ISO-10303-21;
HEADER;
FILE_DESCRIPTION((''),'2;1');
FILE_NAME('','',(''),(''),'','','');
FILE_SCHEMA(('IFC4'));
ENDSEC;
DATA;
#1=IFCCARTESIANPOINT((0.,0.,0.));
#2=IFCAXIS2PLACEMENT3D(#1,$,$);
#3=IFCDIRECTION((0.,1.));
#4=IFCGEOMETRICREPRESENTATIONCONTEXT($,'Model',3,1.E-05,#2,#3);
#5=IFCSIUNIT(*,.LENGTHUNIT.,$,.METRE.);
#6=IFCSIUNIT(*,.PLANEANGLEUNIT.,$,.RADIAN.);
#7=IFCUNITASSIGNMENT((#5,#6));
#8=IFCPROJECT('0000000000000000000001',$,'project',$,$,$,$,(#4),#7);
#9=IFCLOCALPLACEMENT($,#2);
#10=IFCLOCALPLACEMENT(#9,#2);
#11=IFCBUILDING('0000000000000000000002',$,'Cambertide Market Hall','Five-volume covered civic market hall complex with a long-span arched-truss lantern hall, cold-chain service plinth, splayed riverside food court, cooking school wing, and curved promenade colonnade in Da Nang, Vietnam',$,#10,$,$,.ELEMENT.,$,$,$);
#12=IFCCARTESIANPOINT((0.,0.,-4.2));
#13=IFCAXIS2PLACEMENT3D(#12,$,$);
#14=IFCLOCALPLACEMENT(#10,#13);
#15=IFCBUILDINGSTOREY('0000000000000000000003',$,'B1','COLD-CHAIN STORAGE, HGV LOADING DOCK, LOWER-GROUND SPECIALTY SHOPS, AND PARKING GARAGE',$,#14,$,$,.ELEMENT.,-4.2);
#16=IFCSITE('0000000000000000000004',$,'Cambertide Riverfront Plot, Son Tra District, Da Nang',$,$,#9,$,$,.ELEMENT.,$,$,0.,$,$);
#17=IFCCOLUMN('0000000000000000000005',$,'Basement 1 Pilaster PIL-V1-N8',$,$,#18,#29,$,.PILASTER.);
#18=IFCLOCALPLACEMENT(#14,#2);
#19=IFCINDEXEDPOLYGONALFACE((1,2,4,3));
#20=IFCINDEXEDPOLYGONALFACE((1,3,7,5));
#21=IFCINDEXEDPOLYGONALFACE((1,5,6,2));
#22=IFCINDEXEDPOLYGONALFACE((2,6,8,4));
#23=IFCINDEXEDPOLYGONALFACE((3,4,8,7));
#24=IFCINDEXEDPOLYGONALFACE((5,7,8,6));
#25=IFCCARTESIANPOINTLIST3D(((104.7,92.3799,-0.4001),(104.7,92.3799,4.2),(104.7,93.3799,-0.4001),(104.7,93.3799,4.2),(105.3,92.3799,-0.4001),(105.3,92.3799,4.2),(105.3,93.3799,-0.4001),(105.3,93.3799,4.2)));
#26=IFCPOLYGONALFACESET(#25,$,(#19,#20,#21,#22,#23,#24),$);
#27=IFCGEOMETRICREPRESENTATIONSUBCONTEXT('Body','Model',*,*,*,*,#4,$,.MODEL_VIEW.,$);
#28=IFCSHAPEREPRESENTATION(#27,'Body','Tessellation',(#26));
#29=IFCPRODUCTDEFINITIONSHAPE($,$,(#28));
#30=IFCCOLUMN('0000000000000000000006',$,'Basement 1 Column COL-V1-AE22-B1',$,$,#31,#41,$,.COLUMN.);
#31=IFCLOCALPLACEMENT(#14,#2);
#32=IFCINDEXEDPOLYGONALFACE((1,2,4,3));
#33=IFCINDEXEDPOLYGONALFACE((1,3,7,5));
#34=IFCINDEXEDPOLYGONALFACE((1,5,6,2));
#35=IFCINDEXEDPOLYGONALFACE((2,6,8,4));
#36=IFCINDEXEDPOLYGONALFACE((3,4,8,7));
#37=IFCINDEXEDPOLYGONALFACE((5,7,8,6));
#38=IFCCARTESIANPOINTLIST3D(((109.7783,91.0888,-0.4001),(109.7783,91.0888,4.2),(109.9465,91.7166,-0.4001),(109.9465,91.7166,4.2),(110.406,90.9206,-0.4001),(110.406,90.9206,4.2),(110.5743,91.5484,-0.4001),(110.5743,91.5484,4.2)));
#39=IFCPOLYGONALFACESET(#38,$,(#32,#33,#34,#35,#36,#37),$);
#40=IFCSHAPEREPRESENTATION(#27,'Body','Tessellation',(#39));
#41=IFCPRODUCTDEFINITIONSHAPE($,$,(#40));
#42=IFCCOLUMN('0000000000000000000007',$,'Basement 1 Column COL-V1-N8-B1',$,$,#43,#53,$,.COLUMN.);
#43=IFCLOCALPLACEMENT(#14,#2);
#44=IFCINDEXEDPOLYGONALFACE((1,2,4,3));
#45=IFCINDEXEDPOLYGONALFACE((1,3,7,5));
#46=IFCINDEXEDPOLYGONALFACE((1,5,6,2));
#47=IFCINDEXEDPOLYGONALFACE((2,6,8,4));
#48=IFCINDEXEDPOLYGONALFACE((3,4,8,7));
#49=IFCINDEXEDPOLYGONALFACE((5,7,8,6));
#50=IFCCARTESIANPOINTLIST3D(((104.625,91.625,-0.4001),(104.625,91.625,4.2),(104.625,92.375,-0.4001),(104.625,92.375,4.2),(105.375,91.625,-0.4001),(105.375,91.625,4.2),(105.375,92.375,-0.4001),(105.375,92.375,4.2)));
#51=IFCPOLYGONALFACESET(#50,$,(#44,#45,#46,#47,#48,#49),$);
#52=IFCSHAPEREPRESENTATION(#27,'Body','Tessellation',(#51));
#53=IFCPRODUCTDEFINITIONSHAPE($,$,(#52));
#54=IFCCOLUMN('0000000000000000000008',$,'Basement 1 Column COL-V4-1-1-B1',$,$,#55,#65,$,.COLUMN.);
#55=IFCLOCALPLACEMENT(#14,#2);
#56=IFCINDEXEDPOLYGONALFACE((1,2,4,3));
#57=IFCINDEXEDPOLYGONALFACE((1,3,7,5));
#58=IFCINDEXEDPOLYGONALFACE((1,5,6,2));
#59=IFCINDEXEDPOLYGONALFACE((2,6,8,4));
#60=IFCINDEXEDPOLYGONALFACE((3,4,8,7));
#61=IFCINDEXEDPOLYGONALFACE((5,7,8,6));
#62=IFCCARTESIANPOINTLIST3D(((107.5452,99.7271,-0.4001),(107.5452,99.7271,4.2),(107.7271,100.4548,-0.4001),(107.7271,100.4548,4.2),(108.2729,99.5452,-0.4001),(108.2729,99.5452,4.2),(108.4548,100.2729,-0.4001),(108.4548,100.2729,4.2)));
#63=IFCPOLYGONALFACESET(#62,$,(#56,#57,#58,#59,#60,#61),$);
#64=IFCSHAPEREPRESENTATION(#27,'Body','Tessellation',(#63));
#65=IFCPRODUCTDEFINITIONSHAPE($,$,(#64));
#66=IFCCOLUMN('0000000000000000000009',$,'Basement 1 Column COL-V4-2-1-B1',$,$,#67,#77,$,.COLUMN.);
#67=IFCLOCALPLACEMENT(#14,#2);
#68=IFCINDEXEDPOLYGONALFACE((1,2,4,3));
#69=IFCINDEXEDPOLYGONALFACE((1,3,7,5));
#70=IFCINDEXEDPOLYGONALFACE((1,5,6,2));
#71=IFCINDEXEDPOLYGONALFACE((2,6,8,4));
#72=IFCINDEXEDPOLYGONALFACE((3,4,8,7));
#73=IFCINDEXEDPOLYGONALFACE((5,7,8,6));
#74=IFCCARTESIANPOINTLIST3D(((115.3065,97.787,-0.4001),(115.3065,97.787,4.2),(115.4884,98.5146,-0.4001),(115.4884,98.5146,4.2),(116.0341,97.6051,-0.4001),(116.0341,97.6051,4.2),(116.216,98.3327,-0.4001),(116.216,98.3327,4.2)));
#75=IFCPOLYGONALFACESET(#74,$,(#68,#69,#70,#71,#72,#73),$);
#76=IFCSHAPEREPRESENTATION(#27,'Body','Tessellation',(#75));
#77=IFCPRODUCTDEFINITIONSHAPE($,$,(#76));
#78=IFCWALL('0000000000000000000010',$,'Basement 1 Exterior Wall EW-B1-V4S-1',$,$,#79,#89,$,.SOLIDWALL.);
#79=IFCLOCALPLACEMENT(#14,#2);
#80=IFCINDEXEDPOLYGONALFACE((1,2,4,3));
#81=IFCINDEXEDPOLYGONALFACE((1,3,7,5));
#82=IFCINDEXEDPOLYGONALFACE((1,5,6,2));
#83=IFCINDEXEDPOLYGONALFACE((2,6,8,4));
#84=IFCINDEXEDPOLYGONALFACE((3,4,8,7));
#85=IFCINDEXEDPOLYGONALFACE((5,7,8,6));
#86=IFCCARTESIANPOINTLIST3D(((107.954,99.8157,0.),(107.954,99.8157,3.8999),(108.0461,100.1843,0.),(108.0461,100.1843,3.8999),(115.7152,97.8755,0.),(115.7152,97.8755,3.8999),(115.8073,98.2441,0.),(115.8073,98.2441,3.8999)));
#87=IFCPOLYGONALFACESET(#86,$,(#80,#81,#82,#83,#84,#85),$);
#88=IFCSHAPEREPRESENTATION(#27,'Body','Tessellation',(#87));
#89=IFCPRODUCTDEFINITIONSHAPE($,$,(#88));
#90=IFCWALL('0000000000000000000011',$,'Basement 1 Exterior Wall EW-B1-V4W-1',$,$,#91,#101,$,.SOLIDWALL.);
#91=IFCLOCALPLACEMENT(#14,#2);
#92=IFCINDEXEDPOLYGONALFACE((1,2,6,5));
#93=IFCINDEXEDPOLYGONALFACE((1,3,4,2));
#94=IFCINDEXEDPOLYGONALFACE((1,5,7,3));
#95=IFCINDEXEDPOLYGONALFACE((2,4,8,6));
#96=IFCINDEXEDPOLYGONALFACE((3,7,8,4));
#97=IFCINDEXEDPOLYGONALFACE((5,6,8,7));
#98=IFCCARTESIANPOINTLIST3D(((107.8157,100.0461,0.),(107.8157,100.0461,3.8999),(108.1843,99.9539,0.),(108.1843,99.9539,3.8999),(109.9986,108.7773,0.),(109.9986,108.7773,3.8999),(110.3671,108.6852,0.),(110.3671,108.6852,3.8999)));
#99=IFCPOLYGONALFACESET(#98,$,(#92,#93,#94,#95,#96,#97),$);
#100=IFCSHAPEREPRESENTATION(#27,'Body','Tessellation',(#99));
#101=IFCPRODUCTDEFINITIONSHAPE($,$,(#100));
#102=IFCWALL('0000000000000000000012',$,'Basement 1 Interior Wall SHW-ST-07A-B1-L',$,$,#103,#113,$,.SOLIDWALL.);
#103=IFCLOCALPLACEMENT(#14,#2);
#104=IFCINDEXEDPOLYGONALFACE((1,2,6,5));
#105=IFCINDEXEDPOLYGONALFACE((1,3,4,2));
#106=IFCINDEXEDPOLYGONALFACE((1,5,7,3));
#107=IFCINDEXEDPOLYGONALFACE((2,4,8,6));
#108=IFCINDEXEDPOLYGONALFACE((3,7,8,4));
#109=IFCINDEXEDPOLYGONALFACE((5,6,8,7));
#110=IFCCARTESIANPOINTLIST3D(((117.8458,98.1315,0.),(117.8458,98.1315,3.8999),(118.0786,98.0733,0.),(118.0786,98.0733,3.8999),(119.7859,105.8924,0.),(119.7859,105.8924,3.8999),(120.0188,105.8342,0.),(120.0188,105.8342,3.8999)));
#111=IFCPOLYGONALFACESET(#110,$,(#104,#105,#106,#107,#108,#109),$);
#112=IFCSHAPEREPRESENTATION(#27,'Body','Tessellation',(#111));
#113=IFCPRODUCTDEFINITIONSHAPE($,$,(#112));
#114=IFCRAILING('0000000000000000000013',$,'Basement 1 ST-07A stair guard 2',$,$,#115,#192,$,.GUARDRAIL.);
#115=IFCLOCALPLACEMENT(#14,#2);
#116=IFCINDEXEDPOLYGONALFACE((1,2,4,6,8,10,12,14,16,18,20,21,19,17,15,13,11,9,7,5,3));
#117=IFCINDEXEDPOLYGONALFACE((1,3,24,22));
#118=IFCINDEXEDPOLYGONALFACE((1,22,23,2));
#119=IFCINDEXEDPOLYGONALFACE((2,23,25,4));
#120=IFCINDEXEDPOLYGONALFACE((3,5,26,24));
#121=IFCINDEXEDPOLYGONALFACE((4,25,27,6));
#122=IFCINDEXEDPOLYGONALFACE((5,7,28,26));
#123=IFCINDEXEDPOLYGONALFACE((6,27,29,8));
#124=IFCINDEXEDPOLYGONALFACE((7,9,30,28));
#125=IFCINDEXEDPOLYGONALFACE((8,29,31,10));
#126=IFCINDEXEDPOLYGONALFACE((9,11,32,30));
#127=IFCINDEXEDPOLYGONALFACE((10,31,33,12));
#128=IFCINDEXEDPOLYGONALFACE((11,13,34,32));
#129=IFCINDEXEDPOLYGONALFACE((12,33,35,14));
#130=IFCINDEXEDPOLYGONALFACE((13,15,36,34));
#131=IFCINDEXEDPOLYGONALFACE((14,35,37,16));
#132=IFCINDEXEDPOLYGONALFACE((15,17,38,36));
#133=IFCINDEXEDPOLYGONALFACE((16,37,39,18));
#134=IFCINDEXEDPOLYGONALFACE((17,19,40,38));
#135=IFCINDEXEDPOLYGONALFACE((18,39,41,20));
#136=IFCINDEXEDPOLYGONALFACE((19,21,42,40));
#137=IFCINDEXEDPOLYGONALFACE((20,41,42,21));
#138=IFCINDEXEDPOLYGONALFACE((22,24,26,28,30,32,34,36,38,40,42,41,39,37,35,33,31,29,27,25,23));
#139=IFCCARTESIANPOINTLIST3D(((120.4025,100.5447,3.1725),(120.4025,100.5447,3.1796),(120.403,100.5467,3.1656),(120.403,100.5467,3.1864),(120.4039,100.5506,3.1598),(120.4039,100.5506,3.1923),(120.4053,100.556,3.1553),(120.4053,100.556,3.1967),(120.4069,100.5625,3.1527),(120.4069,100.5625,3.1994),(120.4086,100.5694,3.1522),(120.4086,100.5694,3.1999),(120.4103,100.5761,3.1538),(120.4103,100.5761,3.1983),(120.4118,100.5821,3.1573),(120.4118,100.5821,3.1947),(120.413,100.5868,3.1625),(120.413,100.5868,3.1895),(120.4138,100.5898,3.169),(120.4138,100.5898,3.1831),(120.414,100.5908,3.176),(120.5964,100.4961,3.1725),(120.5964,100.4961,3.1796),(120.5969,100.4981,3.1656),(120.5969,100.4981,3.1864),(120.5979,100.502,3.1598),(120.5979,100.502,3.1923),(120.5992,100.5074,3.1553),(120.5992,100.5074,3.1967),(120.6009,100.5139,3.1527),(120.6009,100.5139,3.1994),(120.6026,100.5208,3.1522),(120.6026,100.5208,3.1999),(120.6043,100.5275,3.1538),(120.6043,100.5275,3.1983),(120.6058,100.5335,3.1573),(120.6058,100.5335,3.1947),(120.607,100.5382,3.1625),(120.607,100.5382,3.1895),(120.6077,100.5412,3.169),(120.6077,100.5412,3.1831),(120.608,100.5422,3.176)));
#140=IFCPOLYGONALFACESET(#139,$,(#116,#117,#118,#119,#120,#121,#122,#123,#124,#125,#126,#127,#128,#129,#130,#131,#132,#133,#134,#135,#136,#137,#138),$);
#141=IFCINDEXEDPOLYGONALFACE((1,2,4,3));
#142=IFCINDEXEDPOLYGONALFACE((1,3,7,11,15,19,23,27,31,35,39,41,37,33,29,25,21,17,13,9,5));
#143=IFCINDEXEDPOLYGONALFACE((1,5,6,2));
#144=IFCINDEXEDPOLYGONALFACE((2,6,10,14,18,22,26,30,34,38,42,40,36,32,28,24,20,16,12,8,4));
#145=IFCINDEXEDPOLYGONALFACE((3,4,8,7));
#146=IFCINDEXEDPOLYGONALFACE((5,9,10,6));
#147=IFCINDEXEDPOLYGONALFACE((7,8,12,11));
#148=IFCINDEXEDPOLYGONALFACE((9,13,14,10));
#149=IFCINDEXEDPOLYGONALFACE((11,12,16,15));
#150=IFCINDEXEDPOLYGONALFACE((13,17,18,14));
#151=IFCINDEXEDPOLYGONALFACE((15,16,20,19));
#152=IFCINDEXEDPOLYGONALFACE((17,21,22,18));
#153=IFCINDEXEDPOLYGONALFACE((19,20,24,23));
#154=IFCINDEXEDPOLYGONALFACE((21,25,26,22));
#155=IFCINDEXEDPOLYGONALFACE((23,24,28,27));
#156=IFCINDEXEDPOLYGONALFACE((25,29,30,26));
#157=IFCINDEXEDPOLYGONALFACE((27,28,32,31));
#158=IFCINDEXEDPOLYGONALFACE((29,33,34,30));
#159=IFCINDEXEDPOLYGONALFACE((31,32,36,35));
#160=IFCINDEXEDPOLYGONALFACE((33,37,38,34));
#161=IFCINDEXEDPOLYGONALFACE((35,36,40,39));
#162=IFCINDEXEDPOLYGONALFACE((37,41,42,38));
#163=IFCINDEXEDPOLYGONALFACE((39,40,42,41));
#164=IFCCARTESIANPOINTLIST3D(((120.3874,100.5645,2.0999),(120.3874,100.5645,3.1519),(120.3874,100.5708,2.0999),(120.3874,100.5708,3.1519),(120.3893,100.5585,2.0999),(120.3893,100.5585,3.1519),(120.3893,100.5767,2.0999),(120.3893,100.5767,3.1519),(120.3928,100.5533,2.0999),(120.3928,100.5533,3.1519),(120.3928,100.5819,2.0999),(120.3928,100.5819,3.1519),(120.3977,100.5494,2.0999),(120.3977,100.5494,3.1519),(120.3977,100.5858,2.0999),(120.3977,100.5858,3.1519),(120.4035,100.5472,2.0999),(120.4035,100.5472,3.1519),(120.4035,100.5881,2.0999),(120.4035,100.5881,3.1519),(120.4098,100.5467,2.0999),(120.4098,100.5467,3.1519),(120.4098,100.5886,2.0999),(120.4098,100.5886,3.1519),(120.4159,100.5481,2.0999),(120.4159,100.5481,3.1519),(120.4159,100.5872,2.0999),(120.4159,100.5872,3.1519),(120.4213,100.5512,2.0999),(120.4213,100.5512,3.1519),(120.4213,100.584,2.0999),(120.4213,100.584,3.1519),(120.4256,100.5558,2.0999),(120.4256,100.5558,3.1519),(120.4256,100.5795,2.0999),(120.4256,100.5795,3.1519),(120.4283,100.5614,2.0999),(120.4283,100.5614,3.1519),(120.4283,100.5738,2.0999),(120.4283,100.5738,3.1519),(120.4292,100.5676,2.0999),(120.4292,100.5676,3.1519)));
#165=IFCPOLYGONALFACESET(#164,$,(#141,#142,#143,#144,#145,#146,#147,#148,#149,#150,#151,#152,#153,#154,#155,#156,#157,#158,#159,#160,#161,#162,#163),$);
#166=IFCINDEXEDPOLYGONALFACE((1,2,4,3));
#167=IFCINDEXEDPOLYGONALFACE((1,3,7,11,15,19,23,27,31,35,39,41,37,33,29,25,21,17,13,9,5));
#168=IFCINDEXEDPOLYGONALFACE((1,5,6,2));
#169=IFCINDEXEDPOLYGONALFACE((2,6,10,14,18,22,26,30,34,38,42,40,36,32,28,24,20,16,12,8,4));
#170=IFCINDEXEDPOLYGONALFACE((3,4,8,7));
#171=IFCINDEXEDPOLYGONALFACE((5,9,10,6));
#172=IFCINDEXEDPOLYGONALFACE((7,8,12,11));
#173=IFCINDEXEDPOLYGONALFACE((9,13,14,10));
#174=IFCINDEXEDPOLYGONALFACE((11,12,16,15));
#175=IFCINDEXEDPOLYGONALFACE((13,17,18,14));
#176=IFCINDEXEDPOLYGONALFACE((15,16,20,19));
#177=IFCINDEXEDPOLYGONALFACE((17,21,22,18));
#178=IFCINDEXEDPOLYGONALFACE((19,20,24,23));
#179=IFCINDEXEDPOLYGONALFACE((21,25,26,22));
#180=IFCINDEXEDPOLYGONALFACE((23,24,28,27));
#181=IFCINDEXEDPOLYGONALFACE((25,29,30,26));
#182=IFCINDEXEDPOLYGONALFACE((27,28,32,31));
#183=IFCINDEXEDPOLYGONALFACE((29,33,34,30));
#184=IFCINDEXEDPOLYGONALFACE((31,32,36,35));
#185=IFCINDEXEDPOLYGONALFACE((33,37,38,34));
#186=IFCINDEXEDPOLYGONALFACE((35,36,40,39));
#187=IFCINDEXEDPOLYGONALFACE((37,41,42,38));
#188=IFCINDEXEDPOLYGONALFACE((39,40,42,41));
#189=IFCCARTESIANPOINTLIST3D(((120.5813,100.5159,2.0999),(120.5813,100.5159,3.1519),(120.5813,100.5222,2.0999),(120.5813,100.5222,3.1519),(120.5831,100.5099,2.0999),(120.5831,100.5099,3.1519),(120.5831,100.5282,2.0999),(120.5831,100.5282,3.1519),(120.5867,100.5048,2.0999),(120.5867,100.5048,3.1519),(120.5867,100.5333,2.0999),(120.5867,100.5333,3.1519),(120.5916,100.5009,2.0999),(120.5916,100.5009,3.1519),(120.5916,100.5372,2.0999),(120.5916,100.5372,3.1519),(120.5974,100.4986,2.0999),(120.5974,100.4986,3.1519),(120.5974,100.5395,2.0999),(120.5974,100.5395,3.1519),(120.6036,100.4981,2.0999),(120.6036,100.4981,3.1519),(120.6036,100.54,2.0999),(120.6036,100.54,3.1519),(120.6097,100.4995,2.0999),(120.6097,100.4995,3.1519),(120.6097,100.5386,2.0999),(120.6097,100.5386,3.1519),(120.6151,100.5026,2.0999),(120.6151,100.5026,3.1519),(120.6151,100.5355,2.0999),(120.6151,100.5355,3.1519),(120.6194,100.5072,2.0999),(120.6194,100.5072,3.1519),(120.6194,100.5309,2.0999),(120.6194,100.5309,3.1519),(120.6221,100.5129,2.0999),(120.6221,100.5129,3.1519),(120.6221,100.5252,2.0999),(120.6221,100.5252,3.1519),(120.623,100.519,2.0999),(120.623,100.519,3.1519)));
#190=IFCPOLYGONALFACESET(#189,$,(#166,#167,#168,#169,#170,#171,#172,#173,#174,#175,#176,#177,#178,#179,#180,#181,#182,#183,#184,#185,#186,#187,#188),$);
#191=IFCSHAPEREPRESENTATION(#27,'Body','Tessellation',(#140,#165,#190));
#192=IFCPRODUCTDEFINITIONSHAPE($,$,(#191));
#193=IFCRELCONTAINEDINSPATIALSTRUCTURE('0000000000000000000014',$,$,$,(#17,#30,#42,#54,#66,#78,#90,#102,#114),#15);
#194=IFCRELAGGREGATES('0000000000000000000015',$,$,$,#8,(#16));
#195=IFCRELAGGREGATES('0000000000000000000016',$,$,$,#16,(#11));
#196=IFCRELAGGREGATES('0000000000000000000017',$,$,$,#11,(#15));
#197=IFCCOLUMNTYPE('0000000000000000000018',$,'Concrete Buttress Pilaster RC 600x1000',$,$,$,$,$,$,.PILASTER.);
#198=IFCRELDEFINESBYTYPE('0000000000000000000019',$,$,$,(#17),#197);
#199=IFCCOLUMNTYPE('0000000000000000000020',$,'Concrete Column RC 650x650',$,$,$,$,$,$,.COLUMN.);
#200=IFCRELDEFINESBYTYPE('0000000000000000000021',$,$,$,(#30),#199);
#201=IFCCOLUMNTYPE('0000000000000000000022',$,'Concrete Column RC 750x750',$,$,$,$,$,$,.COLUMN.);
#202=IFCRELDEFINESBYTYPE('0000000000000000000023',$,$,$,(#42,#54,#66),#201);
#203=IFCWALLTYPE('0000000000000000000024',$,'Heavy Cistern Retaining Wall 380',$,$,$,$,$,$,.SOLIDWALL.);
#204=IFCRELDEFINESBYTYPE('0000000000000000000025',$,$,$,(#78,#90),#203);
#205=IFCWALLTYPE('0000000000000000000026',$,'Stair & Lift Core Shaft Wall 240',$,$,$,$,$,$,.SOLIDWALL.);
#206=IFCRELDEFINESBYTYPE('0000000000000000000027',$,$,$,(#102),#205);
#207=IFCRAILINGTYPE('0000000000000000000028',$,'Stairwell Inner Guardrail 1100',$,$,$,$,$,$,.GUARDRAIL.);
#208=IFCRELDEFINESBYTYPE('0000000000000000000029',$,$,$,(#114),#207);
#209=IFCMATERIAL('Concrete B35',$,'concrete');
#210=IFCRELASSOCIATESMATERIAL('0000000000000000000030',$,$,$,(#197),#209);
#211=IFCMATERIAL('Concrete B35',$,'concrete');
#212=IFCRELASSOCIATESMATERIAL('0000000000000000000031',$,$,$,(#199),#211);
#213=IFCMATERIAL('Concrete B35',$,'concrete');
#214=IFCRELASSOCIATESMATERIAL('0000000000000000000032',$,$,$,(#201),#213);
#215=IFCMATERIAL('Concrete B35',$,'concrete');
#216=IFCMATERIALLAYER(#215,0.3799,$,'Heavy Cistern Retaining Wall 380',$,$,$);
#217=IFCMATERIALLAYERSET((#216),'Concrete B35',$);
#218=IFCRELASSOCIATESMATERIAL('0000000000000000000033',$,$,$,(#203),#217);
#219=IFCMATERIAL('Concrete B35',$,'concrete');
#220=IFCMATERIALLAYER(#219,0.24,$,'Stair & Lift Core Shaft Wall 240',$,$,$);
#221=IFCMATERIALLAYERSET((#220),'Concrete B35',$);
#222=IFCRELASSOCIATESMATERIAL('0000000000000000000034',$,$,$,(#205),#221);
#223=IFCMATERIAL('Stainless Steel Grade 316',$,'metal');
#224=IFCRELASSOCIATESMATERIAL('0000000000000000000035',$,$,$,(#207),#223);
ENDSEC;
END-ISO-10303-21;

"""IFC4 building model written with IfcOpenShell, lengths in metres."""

from ifc_helpers import new_model, si_unit, direction, frame, frame_2d, origin, origin_2d, place, context, subcontext, project, spatial, rectangle, circle, extrude, material, layer, layer_set, material_profile, profile_set, type_object, element, save


model = new_model("IFC4")

# Units and contexts
model_context = context("Model", 3, precision=1e-05, world=origin(), true_north=direction((0.0, 1.0)))
body_context = subcontext(model_context, "Body", "Model", "MODEL_VIEW")
ifc_project = project(units=[si_unit("LENGTHUNIT", "METRE"), si_unit("PLANEANGLEUNIT", "RADIAN")], contexts=[model_context])

# Site, building, storey
site_placement = place(None, origin())
site = spatial("IfcSite", under=ifc_project, at=site_placement, Name="Cambertide Riverfront Plot, Son Tra District, Da Nang", CompositionType="ELEMENT", RefElevation=0.0)
building_placement = place(site_placement, origin())
building = spatial("IfcBuilding", under=site, at=building_placement, Name="Cambertide Market Hall", Description="Five-volume covered civic market hall complex with a long-span arched-truss lantern hall, cold-chain service plinth, splayed riverside food court, cooking school wing, and curved promenade colonnade in Da Nang, Vietnam", CompositionType="ELEMENT")
storey_placement = place(building_placement, frame((0.0, 0.0, -4.2)))
storey = spatial("IfcBuildingStorey", under=building, at=storey_placement, Name="B1", Description="COLD-CHAIN STORAGE, HGV LOADING DOCK, LOWER-GROUND SPECIALTY SHOPS, AND PARKING GARAGE", CompositionType="ELEMENT", Elevation=-4.2)

# Columns
ifc_material_1 = material(Name="Concrete B35", Category="concrete")
ifc_material_profile_1 = material_profile(ifc_material_1, rectangle(XDim=0.6001, YDim=1.0, at=origin_2d()), Name="RC 600x1000")
ifc_profile_set_1 = profile_set([ifc_material_profile_1], Name="Concrete B35")
column_type_1 = type_object("IfcColumnType", Name="Concrete Buttress Pilaster RC 600x1000", PredefinedType="PILASTER", material=ifc_profile_set_1)
column_1_placement = place(storey_placement, frame((105.0, 92.8799, -0.4001), z_axis=(0.0, 0.0, 1.0), x_axis=(1.0, 0.0, 0.0)))
element("IfcColumn", 1, at=column_1_placement, inside=storey, type_object=column_type_1, Name="Basement 1 Pilaster PIL-V1-N8", PredefinedType="PILASTER", context=body_context, shape_type="SweptSolid", body=[
    extrude(rectangle(XDim=0.6001, YDim=1.0, at=origin_2d()), origin(), (0.0, 0.0, 1.0), 4.6001),
])
ifc_material_2 = material(Name="Concrete B35", Category="concrete")
ifc_material_profile_2 = material_profile(ifc_material_2, rectangle(XDim=0.6499, YDim=0.6499, at=origin_2d()), Name="RC 650x650")
ifc_profile_set_2 = profile_set([ifc_material_profile_2], Name="Concrete B35")
column_type_2 = type_object("IfcColumnType", Name="Concrete Column RC 650x650", PredefinedType="COLUMN", material=ifc_profile_set_2)
column_2_placement = place(storey_placement, frame((110.1763, 91.3186, -0.4001), z_axis=(0.0, 0.0, 1.0), x_axis=(0.258819, 0.965926, 0.0)))
element("IfcColumn", 2, at=column_2_placement, inside=storey, type_object=column_type_2, Name="Basement 1 Column COL-V1-AE22-B1", PredefinedType="COLUMN", context=body_context, shape_type="SweptSolid", body=[
    extrude(rectangle(XDim=0.6499, YDim=0.6499, at=origin_2d()), origin(), (0.0, 0.0, 1.0), 4.6001),
])
ifc_material_3 = material(Name="Concrete B35", Category="concrete")
ifc_material_profile_3 = material_profile(ifc_material_3, rectangle(XDim=0.75, YDim=0.75, at=origin_2d()), Name="RC 750x750")
ifc_profile_set_3 = profile_set([ifc_material_profile_3], Name="Concrete B35")
column_type_3 = type_object("IfcColumnType", Name="Concrete Column RC 750x750", PredefinedType="COLUMN", material=ifc_profile_set_3)
for number, where, z_axis, x_axis, name in (
    (3, (105.0, 92.0, -0.4001), (0.0, 0.0, 1.0), (0.0, 1.0, 0.0), "Basement 1 Column COL-V1-N8-B1"),
    (4, (108.0, 100.0, -0.4001), (0.0, 0.0, 1.0), (0.970143, -0.242536, 0.0), "Basement 1 Column COL-V4-1-1-B1"),
    (5, (115.7612, 98.0598, -0.4001), (0.0, 0.0, 1.0), (0.970143, -0.242536, 0.0), "Basement 1 Column COL-V4-2-1-B1"),
):
    element("IfcColumn", number, at=place(storey_placement, frame(where, z_axis=z_axis, x_axis=x_axis)), inside=storey, type_object=column_type_3, Name=name, PredefinedType="COLUMN", context=body_context, shape_type="SweptSolid", body=[
        extrude(rectangle(XDim=0.75, YDim=0.75, at=origin_2d()), origin(), (0.0, 0.0, 1.0), 4.6001),
    ])

# Walls
ifc_material_4 = material(Name="Concrete B35", Category="concrete")
ifc_layer_1 = layer(ifc_material_4, 0.3799, Name="Heavy Cistern Retaining Wall 380")
ifc_layer_set_1 = layer_set([ifc_layer_1], Name="Concrete B35")
wall_type_1 = type_object("IfcWallType", Name="Heavy Cistern Retaining Wall 380", PredefinedType="SOLIDWALL", material=ifc_layer_set_1)
wall_1_placement = place(storey_placement, frame((115.7612, 98.0598, 0.0), z_axis=(0.0, 0.0, 1.0), x_axis=(-0.970146, 0.242521, 0.0)))
element("IfcWall", 6, at=wall_1_placement, inside=storey, type_object=wall_type_1, Name="Basement 1 Exterior Wall EW-B1-V4S-1", PredefinedType="SOLIDWALL", context=body_context, shape_type="SweptSolid", body=[
    extrude(rectangle(XDim=8.0, YDim=0.3799, at=frame_2d((4.0, 0.0))), origin(), (0.0, 0.0, 1.0), 3.8999),
])
wall_2_placement = place(storey_placement, frame((108.0, 100.0, 0.0), z_axis=(0.0, 0.0, 1.0), x_axis=(0.242542, 0.970141, 0.0)))
element("IfcWall", 7, at=wall_2_placement, inside=storey, type_object=wall_type_1, Name="Basement 1 Exterior Wall EW-B1-V4W-1", PredefinedType="SOLIDWALL", context=body_context, shape_type="SweptSolid", body=[
    extrude(rectangle(XDim=9.0, YDim=0.3799, at=frame_2d((4.5, 0.0))), origin(), (0.0, 0.0, 1.0), 3.8999),
])
ifc_material_5 = material(Name="Concrete B35", Category="concrete")
ifc_layer_2 = layer(ifc_material_5, 0.24, Name="Stair & Lift Core Shaft Wall 240")
ifc_layer_set_2 = layer_set([ifc_layer_2], Name="Concrete B35")
wall_type_2 = type_object("IfcWallType", Name="Stair & Lift Core Shaft Wall 240", PredefinedType="SOLIDWALL", material=ifc_layer_set_2)
wall_3_placement = place(storey_placement, frame((117.9622, 98.1023, 0.0), z_axis=(0.0, 0.0, 1.0), x_axis=(0.242528, 0.970144, 0.0)))
element("IfcWall", 8, at=wall_3_placement, inside=storey, type_object=wall_type_2, Name="Basement 1 Interior Wall SHW-ST-07A-B1-L", PredefinedType="SOLIDWALL", context=body_context, shape_type="SweptSolid", body=[
    extrude(rectangle(XDim=7.9998, YDim=0.24, at=frame_2d((4.0, 0.0))), origin(), (0.0, 0.0, 1.0), 3.8999),
])

# Railing
ifc_material_6 = material(Name="Stainless Steel Grade 316", Category="metal")
railing_type = type_object("IfcRailingType", Name="Stairwell Inner Guardrail 1100", PredefinedType="GUARDRAIL", material=ifc_material_6)
railing_placement = place(storey_placement, frame((120.4082, 100.5676, 2.0999)))
element("IfcRailing", 9, at=railing_placement, inside=storey, type_object=railing_type, Name="Basement 1 ST-07A stair guard 2", PredefinedType="GUARDRAIL", context=body_context, shape_type="SweptSolid", body=[
    extrude(circle(Radius=0.0239, at=origin_2d()), frame((0.0, 0.0, 1.0762), z_axis=(0.969999, -0.24311, 0.0), x_axis=(0.24311, 0.969999, 0.0)), (0.0, 0.0, 1.0), 0.2),
    extrude(circle(Radius=0.021, at=origin_2d()), origin(), (0.0, 0.0, 1.0), 1.052),
    extrude(circle(Radius=0.021, at=origin_2d()), frame((0.1938, -0.0486, 0.0)), (0.0, 0.0, 1.0), 1.052),
])

save(model, "model.ifc")
